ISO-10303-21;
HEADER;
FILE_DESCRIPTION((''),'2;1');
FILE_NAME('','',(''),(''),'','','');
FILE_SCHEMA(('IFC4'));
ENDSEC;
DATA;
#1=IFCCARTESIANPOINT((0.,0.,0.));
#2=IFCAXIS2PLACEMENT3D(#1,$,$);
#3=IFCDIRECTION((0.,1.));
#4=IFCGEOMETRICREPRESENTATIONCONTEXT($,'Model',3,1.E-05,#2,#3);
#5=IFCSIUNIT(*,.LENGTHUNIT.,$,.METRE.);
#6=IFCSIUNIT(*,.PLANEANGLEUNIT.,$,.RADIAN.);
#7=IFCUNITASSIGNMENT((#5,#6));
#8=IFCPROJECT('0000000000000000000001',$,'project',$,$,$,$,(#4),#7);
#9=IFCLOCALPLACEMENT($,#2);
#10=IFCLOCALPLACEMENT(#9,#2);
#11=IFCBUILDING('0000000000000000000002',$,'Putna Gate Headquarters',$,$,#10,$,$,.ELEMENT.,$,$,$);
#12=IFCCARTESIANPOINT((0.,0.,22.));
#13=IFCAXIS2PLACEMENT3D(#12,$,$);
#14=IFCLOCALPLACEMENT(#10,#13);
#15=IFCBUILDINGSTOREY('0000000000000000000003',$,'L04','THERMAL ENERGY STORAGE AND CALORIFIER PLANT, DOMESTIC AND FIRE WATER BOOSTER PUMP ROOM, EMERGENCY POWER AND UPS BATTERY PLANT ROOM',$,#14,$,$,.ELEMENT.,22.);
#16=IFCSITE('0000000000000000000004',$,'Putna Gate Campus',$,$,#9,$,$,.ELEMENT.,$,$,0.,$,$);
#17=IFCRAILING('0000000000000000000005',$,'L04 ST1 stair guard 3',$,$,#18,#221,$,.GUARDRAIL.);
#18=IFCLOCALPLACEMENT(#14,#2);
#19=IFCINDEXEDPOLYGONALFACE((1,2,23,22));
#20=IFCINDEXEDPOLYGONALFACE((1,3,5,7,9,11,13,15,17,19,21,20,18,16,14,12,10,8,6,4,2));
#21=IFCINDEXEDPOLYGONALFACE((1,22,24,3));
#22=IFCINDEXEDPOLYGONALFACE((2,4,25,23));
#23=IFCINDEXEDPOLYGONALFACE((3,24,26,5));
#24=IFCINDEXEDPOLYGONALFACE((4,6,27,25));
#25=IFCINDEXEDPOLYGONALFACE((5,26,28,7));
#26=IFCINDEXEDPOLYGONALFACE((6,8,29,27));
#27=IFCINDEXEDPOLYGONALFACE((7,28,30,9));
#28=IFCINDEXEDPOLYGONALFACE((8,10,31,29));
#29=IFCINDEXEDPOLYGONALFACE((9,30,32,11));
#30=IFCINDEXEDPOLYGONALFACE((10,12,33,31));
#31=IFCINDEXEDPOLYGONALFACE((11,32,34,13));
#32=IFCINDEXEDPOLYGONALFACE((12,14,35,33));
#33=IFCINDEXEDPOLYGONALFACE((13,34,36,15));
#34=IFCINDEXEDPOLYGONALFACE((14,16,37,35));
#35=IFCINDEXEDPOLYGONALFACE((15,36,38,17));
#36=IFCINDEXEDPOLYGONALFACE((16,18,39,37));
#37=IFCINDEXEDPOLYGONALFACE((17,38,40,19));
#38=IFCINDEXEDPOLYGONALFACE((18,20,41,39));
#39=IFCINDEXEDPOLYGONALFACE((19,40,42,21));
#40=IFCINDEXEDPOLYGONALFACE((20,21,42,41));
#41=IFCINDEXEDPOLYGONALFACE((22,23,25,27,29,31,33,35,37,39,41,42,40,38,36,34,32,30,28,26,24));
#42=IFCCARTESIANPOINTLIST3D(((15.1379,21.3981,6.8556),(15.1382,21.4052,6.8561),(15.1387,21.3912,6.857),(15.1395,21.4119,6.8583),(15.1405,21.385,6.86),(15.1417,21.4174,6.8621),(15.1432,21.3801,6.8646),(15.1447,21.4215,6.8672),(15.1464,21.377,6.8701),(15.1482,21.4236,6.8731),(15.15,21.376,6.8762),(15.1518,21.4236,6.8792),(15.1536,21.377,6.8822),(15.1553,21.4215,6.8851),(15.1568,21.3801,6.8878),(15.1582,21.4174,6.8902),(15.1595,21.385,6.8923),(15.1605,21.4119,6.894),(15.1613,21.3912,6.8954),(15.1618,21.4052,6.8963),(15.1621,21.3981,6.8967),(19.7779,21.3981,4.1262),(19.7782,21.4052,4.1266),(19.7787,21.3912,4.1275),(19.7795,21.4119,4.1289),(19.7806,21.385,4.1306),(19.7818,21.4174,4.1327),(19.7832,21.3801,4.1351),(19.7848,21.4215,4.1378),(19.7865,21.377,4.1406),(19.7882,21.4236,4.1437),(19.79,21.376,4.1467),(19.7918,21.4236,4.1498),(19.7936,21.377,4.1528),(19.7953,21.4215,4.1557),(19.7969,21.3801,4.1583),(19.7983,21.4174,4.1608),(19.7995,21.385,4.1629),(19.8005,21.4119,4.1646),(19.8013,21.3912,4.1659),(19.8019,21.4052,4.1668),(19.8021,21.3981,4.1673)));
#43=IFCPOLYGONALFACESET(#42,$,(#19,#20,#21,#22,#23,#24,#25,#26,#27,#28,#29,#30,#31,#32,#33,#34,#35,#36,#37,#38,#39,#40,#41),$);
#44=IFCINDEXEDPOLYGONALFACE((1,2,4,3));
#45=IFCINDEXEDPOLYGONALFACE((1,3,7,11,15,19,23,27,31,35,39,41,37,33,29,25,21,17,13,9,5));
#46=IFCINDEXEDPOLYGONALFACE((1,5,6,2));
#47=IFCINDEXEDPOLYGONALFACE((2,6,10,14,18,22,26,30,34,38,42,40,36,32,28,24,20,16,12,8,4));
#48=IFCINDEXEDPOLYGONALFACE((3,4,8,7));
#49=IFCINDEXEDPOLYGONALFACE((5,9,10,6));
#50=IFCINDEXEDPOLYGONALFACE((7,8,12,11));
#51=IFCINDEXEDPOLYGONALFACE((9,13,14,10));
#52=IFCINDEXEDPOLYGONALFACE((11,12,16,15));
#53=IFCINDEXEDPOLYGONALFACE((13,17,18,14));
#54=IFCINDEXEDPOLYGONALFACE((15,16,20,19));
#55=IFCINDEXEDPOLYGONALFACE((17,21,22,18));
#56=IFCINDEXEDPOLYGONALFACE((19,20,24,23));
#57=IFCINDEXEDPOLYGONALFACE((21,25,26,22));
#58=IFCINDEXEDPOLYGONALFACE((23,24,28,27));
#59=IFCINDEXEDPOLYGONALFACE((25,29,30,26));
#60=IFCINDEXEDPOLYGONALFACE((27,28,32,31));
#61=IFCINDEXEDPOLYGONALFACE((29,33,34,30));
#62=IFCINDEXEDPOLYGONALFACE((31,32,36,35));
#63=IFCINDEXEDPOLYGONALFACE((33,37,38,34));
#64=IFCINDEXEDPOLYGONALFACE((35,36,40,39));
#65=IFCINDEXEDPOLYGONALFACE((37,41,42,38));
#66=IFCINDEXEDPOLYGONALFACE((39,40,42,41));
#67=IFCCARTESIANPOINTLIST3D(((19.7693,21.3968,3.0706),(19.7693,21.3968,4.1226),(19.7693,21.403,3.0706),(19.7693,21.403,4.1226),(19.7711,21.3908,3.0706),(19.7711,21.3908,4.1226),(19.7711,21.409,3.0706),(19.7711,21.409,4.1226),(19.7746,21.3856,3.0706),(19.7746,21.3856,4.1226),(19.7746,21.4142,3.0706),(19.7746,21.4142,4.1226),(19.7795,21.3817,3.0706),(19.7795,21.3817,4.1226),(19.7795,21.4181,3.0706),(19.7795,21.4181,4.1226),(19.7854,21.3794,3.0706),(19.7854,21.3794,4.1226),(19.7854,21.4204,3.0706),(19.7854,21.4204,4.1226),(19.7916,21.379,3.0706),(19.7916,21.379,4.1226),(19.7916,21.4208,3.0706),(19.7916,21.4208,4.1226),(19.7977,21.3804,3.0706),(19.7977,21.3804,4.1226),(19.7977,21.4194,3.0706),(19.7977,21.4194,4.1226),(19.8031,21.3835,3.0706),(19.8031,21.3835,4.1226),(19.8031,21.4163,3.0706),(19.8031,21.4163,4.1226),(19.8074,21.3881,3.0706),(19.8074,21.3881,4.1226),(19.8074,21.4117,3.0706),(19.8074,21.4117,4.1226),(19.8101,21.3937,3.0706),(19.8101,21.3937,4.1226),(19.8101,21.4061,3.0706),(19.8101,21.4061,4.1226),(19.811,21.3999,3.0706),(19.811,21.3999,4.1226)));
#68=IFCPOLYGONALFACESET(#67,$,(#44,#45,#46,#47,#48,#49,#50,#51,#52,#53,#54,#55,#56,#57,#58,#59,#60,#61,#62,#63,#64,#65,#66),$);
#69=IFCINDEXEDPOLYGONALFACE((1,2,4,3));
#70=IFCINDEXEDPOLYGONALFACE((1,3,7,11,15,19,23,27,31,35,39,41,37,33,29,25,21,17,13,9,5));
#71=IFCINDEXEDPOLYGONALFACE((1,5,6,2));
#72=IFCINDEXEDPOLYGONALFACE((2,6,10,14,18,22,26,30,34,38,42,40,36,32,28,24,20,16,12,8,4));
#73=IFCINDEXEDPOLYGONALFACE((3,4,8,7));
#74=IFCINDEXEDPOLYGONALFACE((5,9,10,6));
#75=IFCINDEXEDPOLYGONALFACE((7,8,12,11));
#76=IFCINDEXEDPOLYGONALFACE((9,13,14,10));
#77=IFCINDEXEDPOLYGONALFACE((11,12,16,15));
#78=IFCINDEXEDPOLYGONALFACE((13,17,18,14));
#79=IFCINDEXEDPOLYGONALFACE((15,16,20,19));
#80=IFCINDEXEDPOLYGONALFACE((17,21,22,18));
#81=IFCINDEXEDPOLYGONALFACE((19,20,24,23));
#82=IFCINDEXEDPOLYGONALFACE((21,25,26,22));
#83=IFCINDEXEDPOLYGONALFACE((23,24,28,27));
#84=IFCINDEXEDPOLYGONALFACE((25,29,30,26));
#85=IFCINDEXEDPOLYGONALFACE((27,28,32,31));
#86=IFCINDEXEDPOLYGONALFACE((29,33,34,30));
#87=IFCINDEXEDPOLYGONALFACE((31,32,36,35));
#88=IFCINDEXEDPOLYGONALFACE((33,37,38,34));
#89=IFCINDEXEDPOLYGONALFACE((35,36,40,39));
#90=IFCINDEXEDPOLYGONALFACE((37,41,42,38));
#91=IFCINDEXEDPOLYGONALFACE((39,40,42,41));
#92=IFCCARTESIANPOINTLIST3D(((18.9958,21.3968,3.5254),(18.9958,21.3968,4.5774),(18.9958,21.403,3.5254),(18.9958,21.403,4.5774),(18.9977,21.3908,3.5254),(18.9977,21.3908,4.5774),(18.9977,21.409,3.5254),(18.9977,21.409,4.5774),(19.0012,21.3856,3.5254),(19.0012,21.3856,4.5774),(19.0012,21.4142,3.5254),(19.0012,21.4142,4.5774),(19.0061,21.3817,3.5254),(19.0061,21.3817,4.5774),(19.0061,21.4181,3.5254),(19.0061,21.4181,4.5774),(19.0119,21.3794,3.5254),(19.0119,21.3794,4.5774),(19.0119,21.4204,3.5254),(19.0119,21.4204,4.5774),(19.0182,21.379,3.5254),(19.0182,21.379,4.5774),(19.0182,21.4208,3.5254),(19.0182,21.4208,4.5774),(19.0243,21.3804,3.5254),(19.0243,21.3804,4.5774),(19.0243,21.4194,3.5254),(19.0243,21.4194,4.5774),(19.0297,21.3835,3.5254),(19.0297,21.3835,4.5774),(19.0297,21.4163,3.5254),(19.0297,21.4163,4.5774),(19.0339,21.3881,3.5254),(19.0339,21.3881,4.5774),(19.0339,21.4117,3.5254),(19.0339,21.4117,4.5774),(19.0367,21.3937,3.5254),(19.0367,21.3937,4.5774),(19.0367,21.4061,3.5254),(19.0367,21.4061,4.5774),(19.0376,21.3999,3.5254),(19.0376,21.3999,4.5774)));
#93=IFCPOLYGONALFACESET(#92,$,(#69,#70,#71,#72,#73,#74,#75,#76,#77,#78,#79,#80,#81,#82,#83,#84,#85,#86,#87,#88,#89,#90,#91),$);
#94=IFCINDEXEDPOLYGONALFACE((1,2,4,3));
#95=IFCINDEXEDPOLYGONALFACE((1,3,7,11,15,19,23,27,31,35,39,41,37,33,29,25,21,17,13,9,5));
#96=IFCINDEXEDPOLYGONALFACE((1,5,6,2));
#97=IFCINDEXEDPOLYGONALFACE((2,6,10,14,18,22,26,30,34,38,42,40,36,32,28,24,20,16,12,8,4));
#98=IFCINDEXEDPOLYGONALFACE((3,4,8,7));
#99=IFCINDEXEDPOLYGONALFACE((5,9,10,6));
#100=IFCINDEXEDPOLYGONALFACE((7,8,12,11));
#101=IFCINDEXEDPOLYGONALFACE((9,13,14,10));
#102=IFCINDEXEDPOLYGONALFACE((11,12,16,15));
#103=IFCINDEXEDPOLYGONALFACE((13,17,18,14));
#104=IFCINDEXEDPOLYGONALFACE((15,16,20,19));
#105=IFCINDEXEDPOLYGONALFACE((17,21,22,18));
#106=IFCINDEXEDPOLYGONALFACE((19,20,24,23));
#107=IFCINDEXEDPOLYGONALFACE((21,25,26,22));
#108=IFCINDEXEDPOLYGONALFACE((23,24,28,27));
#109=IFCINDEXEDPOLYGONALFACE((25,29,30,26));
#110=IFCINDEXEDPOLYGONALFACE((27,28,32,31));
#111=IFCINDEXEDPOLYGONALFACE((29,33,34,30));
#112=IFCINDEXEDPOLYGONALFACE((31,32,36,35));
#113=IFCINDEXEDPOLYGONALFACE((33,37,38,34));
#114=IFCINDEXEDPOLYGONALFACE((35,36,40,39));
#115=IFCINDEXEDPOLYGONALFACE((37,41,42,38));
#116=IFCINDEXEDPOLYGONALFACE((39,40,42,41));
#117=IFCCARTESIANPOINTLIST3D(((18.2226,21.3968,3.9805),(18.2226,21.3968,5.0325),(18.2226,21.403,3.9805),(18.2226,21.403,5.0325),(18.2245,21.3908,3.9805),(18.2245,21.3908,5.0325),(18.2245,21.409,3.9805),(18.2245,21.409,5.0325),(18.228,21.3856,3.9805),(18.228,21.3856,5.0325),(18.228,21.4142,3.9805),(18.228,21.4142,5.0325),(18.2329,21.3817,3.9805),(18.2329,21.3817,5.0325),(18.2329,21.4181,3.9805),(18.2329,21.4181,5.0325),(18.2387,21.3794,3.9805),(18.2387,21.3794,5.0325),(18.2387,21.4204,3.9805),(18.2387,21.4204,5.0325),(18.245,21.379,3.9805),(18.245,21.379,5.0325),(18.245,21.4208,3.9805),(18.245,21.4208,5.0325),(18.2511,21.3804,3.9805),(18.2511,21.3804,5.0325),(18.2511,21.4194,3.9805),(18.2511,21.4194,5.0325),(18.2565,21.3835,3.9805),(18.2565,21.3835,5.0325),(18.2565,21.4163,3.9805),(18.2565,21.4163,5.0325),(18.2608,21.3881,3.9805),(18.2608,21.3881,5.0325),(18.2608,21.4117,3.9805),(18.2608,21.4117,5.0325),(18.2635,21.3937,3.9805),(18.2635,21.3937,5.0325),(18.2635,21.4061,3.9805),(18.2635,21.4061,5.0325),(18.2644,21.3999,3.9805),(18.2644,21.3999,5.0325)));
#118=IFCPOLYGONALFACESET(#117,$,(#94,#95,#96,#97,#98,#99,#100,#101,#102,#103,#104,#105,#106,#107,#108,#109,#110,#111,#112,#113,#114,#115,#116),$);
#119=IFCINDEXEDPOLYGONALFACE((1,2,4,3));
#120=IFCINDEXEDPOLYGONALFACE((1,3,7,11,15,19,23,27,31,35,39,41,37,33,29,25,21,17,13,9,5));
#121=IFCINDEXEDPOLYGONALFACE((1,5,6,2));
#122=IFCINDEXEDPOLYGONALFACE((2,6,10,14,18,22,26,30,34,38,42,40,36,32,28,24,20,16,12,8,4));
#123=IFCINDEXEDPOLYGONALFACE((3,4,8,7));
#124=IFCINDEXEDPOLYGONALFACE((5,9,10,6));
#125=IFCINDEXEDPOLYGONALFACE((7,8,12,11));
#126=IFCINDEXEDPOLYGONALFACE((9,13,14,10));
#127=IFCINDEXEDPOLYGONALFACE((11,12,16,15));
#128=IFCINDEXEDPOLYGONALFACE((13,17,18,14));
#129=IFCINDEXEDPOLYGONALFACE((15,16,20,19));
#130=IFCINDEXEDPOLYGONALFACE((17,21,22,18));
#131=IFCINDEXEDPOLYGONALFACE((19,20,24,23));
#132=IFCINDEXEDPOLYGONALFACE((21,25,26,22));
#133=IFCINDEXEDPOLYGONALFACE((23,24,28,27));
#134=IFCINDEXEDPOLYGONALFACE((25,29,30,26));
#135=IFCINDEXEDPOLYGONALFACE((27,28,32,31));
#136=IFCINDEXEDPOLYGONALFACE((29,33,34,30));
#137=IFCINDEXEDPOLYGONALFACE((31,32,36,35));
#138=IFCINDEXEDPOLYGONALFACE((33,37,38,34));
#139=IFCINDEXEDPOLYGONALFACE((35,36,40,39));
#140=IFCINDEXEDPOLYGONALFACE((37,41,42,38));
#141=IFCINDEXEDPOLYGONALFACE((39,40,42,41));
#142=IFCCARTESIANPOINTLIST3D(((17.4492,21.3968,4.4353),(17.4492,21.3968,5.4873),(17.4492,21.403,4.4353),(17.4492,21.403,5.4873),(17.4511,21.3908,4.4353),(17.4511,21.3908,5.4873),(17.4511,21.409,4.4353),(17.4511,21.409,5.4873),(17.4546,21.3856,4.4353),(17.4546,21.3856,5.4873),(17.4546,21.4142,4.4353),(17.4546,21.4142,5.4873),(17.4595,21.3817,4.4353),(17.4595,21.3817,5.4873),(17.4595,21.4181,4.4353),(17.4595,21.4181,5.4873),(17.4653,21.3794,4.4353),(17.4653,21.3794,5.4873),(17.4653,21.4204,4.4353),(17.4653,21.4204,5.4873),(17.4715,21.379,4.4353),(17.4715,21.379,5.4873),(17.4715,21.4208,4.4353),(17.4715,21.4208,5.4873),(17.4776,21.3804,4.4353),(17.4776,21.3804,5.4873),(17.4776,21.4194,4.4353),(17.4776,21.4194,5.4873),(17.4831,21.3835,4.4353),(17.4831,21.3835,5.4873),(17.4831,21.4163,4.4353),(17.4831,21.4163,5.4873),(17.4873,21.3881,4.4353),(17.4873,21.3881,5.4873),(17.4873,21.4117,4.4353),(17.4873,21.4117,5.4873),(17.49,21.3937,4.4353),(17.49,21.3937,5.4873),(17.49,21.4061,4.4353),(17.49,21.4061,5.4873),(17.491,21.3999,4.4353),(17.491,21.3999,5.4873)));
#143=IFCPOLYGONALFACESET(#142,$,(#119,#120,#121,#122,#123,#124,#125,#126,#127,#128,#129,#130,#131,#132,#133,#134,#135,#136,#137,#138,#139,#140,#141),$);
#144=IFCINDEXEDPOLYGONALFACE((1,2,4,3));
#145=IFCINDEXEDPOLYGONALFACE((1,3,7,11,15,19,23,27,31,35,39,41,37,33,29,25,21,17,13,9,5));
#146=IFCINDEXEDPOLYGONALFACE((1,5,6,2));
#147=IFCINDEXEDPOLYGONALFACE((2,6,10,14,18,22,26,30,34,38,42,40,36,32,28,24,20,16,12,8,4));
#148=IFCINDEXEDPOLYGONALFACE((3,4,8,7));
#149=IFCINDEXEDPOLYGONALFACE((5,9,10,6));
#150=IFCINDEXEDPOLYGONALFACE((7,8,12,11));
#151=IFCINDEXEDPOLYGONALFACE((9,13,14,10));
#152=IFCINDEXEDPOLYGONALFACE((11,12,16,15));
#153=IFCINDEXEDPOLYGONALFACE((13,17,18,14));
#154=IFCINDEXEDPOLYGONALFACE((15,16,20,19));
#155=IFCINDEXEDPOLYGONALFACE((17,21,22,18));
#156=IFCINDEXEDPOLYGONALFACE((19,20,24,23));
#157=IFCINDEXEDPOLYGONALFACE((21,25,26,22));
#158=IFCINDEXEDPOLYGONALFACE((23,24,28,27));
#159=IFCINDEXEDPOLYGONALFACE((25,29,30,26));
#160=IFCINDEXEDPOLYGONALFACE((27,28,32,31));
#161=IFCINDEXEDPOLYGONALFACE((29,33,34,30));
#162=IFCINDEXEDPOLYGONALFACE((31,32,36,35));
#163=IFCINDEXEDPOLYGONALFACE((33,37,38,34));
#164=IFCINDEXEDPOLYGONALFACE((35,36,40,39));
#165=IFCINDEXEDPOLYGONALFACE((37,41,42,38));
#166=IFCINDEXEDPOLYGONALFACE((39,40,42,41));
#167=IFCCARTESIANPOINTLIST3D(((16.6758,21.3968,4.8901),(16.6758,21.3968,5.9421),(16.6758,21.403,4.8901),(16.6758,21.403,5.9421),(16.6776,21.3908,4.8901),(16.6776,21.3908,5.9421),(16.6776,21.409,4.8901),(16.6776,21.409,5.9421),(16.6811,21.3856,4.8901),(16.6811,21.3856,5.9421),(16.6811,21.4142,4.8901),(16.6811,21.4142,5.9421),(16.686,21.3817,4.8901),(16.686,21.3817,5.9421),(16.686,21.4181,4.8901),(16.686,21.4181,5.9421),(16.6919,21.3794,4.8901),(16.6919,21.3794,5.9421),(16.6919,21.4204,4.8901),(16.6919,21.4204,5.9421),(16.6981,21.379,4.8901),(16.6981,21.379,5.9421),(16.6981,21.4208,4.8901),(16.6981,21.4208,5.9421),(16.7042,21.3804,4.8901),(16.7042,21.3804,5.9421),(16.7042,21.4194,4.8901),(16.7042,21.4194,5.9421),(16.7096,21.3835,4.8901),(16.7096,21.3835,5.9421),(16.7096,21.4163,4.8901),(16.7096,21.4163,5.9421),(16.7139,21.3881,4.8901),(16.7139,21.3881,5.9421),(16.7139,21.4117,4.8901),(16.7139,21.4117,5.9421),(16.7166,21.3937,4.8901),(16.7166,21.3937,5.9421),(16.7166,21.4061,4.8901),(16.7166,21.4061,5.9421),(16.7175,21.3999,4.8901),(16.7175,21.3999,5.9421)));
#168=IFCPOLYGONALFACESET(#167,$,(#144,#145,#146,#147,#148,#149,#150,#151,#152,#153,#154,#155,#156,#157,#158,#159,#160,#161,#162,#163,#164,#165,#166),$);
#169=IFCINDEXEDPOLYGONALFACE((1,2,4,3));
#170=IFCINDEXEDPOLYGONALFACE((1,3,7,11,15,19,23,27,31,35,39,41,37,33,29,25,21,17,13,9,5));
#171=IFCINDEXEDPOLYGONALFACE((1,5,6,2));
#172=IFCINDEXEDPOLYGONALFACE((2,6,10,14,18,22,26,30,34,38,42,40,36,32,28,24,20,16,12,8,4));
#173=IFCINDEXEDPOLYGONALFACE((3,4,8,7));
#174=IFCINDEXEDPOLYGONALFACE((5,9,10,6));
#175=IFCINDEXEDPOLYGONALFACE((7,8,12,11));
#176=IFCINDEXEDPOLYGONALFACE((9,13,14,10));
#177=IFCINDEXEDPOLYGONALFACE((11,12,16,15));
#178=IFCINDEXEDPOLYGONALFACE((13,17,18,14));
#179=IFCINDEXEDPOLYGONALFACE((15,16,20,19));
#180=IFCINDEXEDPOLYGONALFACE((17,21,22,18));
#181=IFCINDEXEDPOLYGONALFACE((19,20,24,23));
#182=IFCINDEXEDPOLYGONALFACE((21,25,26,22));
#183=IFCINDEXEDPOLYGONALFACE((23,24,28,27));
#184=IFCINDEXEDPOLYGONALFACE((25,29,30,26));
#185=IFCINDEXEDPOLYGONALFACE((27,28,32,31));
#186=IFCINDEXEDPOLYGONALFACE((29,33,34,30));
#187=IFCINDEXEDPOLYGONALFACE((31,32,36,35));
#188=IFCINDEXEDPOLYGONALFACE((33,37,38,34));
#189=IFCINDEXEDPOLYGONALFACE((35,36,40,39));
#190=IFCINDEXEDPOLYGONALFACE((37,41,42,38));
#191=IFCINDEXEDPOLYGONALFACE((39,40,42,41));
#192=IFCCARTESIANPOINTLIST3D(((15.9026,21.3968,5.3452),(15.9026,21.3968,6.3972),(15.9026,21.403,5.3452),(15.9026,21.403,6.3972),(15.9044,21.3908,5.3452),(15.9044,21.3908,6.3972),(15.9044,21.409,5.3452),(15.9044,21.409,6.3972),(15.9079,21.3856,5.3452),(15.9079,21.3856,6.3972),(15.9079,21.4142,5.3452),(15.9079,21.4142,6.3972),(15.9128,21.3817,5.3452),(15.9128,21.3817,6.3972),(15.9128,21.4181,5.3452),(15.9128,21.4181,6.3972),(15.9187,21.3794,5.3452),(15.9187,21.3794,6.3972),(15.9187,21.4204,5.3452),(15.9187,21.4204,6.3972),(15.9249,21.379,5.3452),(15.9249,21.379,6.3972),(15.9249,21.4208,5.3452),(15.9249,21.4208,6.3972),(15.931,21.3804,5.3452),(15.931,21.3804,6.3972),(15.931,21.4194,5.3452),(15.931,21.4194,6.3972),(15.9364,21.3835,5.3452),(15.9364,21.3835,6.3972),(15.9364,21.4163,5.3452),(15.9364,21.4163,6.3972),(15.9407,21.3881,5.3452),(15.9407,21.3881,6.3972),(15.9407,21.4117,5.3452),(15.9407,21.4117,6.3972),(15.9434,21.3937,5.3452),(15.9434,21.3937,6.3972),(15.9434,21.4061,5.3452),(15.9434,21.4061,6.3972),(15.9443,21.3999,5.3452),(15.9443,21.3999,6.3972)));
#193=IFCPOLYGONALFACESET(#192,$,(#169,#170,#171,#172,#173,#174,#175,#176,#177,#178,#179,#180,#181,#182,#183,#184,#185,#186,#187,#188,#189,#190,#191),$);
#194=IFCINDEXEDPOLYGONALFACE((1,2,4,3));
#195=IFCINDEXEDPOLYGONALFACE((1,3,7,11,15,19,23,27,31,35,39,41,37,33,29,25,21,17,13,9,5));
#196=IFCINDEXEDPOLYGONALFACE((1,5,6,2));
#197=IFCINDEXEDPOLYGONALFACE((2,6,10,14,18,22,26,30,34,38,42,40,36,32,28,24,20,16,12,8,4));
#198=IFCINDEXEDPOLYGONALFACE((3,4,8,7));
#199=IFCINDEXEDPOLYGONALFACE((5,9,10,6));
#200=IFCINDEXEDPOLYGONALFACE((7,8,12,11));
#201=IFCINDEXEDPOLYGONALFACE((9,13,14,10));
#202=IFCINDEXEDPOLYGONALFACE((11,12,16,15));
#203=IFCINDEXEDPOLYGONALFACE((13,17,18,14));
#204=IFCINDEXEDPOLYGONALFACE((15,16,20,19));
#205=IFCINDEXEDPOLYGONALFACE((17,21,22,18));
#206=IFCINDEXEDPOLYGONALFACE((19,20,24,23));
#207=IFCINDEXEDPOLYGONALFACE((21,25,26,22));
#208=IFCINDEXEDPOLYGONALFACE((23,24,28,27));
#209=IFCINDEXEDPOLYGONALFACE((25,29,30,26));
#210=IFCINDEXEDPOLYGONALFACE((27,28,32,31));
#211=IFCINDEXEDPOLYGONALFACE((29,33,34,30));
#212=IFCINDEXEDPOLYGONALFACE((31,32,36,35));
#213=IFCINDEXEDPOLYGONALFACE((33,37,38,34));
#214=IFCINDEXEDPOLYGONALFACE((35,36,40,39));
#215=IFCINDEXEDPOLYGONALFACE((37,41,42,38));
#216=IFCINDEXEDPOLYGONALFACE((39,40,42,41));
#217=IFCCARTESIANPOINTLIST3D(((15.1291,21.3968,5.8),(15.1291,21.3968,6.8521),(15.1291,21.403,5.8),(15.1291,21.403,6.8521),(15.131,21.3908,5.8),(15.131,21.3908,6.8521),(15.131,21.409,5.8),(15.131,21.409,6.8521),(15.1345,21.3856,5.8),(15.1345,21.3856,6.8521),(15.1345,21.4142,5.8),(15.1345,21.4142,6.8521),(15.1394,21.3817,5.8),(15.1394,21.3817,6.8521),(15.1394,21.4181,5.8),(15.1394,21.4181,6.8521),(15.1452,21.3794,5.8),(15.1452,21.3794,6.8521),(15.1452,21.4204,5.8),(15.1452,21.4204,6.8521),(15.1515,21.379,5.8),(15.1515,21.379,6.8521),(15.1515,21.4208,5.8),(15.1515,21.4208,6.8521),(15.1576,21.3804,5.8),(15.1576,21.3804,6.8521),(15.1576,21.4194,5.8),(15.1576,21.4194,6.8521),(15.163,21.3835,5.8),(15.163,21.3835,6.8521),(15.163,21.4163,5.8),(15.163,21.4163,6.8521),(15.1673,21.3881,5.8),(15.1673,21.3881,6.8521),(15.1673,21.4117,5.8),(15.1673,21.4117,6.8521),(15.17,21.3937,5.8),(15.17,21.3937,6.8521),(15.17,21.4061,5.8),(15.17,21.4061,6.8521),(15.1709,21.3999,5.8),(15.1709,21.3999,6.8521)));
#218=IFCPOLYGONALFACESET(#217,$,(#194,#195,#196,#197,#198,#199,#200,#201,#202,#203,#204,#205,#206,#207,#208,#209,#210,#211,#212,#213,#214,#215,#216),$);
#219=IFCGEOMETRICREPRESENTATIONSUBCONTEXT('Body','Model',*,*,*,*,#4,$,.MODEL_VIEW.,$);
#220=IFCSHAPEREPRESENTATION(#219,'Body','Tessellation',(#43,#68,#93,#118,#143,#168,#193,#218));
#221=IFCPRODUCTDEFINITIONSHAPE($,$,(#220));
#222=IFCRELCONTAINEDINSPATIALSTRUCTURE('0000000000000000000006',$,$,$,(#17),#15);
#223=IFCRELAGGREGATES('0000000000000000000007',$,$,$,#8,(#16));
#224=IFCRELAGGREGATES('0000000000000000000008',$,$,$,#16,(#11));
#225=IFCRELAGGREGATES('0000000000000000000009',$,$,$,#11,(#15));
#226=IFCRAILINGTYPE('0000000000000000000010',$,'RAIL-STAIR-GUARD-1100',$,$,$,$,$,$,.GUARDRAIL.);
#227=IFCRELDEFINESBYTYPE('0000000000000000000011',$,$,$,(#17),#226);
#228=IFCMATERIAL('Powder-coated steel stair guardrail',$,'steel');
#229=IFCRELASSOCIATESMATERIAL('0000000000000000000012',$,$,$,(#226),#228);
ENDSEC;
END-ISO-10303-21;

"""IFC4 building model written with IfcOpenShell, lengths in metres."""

from ifc_helpers import new_model, si_unit, direction, frame, origin, origin_2d, place, context, subcontext, project, spatial, circle, extrude, material, type_object, element, save


model = new_model("IFC4")

# Units and contexts
model_context = context("Model", 3, precision=1e-05, world=origin(), true_north=direction((0.0, 1.0)))
body_context = subcontext(model_context, "Body", "Model", "MODEL_VIEW")
ifc_project = project(units=[si_unit("LENGTHUNIT", "METRE"), si_unit("PLANEANGLEUNIT", "RADIAN")], contexts=[model_context])

# Site, building, storey
site_placement = place(None, origin())
site = spatial("IfcSite", under=ifc_project, at=site_placement, Name="Putna Gate Campus", CompositionType="ELEMENT", RefElevation=0.0)
building_placement = place(site_placement, origin())
building = spatial("IfcBuilding", under=site, at=building_placement, Name="Putna Gate Headquarters", CompositionType="ELEMENT")
storey_placement = place(building_placement, frame((0.0, 0.0, 22.0)))
storey = spatial("IfcBuildingStorey", under=building, at=storey_placement, Name="L04", Description="THERMAL ENERGY STORAGE AND CALORIFIER PLANT, DOMESTIC AND FIRE WATER BOOSTER PUMP ROOM, EMERGENCY POWER AND UPS BATTERY PLANT ROOM", CompositionType="ELEMENT", Elevation=22.0)

# Railing
ifc_material_1 = material(Name="Powder-coated steel stair guardrail", Category="steel")
railing_type = type_object("IfcRailingType", Name="RAIL-STAIR-GUARD-1100", PredefinedType="GUARDRAIL", material=ifc_material_1)
railing_1_placement = place(storey_placement, frame((19.79, 21.3999, 3.0706)))
element("IfcRailing", 1, at=railing_1_placement, inside=storey, type_object=railing_type, Name="L04 ST1 stair guard 3", PredefinedType="GUARDRAIL", context=body_context, shape_type="SweptSolid", body=[
    extrude(circle(Radius=0.0239, at=origin_2d()), frame((0.0, 0.0, 1.0762), z_axis=(-0.861934, 0.0, 0.50702), x_axis=(0.0, -1.0, 0.0)), (0.0, 0.0, 1.0), 5.3833),
    extrude(circle(Radius=0.021, at=origin_2d()), origin(), (0.0, 0.0, 1.0), 1.052),
    extrude(circle(Radius=0.021, at=origin_2d()), frame((-0.7734, 0.0, 0.4548)), (0.0, 0.0, 1.0), 1.052),
    extrude(circle(Radius=0.021, at=origin_2d()), frame((-1.5466, 0.0, 0.9099)), (0.0, 0.0, 1.0), 1.052),
    extrude(circle(Radius=0.021, at=origin_2d()), frame((-2.3201, 0.0, 1.3647)), (0.0, 0.0, 1.0), 1.052),
    extrude(circle(Radius=0.021, at=origin_2d()), frame((-3.0935, 0.0, 1.8196)), (0.0, 0.0, 1.0), 1.052),
    extrude(circle(Radius=0.021, at=origin_2d()), frame((-3.8667, 0.0, 2.2747)), (0.0, 0.0, 1.0), 1.052),
    extrude(circle(Radius=0.021, at=origin_2d()), frame((-4.6401, 0.0, 2.7295)), (0.0, 0.0, 1.0), 1.052),
])

save(model, "model.ifc")
